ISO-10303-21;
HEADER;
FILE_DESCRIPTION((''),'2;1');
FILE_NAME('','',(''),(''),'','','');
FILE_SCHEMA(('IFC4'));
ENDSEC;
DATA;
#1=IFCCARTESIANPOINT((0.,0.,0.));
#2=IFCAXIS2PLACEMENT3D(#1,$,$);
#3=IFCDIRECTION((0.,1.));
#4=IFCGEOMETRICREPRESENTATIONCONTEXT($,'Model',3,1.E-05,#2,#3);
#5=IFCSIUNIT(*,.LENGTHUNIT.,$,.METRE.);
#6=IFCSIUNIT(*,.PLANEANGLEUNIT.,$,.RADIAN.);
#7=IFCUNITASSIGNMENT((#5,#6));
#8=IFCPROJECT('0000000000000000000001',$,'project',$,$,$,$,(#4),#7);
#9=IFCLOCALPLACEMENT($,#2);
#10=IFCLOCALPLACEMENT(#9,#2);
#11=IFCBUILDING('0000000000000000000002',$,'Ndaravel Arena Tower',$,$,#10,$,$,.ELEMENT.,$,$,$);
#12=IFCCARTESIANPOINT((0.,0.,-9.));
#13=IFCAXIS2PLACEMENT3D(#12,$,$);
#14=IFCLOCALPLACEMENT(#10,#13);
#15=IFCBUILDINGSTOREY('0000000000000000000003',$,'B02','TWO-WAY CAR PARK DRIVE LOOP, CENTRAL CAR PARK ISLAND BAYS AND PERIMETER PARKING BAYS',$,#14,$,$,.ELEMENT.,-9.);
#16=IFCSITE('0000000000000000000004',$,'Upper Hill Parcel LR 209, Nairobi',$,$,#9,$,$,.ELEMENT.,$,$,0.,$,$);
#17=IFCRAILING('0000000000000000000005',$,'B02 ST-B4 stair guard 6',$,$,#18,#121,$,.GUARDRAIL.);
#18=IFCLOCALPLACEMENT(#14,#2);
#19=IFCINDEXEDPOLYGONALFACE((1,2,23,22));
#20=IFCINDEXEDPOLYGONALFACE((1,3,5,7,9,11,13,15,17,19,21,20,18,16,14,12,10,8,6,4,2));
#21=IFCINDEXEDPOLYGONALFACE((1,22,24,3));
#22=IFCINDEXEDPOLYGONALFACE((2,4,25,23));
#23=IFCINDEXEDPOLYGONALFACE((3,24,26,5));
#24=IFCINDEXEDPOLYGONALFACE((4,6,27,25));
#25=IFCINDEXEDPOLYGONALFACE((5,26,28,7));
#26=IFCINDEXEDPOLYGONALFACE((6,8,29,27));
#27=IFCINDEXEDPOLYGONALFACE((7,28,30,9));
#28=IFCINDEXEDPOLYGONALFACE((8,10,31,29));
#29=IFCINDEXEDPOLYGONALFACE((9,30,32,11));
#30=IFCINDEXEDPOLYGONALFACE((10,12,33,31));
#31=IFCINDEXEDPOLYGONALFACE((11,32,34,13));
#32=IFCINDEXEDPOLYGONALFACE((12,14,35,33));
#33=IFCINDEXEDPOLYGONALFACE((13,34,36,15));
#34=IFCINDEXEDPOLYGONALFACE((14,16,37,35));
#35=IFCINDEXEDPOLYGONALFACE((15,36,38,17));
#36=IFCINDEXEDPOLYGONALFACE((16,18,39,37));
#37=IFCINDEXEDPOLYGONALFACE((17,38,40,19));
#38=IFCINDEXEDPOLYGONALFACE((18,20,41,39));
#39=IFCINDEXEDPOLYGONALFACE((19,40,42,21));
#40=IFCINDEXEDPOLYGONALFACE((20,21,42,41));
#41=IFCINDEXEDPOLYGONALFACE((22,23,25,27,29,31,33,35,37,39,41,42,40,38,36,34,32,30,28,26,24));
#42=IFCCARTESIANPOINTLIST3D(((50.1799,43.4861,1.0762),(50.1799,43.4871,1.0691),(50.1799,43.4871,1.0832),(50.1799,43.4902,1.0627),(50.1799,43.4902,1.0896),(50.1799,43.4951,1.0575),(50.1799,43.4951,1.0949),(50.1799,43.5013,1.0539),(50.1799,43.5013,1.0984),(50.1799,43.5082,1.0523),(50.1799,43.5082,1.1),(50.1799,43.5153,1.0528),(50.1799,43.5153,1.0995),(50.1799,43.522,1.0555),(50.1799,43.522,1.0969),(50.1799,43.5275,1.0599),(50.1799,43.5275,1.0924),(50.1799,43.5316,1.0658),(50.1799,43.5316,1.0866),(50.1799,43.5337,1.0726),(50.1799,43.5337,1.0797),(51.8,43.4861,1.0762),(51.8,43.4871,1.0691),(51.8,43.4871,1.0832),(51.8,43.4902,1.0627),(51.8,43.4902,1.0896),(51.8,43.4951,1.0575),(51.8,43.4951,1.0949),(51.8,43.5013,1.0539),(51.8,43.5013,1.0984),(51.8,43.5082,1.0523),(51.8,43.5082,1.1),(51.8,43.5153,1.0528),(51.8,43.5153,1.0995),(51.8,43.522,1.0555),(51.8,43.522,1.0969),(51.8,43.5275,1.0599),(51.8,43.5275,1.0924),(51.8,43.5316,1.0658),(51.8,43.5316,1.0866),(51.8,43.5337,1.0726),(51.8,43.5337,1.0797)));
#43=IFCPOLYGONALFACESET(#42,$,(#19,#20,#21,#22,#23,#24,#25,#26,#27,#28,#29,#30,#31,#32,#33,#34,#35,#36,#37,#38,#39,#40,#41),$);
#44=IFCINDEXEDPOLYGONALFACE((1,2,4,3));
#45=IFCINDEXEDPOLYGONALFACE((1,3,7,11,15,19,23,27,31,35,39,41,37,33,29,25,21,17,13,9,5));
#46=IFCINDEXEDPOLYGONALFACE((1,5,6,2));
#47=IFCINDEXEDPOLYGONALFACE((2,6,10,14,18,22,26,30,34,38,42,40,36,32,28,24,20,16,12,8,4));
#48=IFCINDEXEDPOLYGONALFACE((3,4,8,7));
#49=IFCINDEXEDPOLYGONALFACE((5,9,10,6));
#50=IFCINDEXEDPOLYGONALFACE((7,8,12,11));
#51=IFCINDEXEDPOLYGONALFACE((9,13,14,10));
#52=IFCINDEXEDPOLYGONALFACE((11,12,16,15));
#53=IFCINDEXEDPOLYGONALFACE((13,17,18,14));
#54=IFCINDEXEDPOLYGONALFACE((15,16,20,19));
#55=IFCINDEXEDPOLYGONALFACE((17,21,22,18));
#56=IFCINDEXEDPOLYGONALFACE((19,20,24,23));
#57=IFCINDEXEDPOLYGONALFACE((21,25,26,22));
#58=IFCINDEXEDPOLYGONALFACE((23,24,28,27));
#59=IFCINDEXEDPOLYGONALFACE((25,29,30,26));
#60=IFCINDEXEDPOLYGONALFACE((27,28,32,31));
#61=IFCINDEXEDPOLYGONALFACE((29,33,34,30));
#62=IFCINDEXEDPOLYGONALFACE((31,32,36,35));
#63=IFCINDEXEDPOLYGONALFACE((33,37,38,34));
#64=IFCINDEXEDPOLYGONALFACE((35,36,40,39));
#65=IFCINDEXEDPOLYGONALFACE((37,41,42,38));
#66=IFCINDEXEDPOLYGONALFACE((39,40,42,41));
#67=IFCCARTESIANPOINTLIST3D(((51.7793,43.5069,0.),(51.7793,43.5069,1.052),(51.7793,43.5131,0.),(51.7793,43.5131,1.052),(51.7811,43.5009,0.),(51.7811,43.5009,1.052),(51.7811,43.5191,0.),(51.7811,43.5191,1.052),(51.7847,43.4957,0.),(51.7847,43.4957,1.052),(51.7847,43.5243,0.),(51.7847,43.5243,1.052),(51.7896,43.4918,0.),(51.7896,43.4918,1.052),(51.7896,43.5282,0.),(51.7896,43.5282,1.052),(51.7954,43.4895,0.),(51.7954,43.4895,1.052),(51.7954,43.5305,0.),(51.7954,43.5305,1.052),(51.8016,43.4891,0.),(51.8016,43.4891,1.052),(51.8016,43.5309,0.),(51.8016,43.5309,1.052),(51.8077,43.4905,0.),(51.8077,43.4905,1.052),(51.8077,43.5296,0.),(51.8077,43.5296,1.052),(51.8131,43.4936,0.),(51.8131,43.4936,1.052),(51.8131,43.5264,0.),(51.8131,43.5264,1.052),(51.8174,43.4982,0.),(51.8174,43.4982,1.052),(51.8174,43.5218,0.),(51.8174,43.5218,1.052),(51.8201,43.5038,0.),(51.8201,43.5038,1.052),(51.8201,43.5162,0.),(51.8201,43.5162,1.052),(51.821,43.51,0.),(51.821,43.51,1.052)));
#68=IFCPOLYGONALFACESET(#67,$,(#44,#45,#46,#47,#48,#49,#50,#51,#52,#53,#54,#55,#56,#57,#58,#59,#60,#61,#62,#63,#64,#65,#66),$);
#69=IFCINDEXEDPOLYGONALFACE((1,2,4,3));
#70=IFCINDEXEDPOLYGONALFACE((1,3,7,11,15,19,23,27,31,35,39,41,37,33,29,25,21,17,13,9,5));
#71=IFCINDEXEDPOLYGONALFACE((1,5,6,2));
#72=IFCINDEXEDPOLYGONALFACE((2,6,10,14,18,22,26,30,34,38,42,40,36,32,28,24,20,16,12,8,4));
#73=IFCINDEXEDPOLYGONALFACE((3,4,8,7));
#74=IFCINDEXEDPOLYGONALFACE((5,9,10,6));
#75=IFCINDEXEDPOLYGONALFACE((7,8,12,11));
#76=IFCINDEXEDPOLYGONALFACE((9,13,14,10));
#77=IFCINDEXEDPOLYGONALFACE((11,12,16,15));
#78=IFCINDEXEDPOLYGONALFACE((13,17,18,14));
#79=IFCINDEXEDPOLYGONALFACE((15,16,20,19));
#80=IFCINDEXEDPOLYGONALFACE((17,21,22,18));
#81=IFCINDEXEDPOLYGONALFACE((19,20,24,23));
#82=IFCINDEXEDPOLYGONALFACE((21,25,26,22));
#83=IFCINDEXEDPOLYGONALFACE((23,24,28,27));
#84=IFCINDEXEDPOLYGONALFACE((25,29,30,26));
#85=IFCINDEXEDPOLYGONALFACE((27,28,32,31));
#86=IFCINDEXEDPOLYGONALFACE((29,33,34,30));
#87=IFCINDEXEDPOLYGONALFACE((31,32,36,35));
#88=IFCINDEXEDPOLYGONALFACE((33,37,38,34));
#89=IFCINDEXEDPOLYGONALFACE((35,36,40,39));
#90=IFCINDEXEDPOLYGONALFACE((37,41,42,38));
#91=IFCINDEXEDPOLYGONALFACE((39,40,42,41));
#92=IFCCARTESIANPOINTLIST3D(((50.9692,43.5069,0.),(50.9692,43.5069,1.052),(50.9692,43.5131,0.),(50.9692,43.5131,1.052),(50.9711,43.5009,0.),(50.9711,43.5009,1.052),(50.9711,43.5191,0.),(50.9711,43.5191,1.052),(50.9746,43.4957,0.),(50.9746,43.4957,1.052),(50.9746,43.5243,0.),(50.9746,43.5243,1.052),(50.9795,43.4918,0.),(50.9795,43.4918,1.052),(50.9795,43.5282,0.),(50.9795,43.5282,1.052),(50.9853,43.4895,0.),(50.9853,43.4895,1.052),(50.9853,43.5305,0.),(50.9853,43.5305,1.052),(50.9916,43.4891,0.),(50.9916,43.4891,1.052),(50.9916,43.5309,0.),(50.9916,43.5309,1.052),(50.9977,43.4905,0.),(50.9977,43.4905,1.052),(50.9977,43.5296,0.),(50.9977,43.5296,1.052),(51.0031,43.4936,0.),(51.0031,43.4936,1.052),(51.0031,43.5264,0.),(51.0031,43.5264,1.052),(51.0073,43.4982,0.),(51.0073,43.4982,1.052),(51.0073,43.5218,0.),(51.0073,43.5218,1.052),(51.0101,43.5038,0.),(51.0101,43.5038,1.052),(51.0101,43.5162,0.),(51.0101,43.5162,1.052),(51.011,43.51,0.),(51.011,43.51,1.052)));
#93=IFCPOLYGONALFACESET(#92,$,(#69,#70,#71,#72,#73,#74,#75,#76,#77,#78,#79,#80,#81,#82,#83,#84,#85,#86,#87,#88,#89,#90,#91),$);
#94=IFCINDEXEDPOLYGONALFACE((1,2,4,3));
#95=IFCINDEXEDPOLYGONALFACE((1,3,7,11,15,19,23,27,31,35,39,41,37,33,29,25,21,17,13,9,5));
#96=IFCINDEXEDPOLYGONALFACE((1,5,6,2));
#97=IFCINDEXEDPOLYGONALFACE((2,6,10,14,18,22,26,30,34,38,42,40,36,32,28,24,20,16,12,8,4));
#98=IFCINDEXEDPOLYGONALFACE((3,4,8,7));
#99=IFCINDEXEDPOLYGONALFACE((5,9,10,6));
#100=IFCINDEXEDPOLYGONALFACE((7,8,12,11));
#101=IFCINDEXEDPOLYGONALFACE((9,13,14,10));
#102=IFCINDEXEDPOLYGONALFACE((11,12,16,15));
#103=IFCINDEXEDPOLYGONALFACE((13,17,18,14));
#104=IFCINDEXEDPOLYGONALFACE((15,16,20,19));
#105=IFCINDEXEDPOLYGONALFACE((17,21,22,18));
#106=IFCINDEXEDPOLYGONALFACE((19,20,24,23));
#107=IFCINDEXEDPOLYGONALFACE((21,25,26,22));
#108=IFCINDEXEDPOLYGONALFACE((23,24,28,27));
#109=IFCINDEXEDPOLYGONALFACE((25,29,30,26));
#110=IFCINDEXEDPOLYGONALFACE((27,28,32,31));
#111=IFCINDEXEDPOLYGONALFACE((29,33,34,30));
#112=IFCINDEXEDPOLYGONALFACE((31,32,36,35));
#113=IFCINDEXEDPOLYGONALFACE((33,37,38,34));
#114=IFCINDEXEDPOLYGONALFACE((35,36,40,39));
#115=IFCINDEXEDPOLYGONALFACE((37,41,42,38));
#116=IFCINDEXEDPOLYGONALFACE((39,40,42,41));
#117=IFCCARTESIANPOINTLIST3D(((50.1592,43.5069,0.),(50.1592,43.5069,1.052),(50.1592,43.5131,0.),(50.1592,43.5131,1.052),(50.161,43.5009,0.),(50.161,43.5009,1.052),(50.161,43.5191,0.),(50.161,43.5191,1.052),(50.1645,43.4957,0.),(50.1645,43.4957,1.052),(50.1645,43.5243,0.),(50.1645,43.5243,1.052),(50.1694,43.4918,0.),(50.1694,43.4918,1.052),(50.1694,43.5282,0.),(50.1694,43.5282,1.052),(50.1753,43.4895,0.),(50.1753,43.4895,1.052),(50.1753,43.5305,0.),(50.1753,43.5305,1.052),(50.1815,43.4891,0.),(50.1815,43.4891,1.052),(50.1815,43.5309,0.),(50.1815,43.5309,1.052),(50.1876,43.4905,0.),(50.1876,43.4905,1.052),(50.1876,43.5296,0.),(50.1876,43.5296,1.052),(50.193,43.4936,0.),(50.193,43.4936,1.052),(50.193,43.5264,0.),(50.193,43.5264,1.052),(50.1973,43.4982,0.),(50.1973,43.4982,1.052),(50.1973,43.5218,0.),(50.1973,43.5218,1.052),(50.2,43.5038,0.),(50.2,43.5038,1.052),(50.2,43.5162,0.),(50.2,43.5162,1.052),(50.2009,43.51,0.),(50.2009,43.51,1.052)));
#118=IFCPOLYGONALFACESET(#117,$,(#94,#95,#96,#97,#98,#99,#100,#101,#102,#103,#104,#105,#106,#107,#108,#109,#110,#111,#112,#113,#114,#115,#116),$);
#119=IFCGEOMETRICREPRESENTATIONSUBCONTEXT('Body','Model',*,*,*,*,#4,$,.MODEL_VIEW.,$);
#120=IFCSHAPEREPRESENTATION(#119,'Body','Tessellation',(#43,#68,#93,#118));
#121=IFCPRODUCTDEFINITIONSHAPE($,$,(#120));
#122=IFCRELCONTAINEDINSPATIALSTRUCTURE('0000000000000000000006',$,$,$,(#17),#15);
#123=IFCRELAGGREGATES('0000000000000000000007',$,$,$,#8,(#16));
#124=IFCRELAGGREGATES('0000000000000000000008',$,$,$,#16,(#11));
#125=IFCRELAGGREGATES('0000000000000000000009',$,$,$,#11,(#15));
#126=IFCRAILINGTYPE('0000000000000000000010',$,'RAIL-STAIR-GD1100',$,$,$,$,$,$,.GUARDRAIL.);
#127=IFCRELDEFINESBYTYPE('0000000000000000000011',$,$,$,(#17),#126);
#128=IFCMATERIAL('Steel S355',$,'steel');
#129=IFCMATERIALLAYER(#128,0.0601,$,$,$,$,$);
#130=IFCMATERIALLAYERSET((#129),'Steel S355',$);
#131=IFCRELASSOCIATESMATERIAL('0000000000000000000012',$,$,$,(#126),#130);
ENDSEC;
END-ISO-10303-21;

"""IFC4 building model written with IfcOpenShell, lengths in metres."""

from ifc_helpers import new_model, si_unit, direction, frame, origin, origin_2d, place, context, subcontext, project, spatial, circle, extrude, material, layer, layer_set, type_object, element, save


model = new_model("IFC4")

# Units and contexts
model_context = context("Model", 3, precision=1e-05, world=origin(), true_north=direction((0.0, 1.0)))
body_context = subcontext(model_context, "Body", "Model", "MODEL_VIEW")
ifc_project = project(units=[si_unit("LENGTHUNIT", "METRE"), si_unit("PLANEANGLEUNIT", "RADIAN")], contexts=[model_context])

# Site, building, storey
site_placement = place(None, origin())
site = spatial("IfcSite", under=ifc_project, at=site_placement, Name="Upper Hill Parcel LR 209, Nairobi", CompositionType="ELEMENT", RefElevation=0.0)
building_placement = place(site_placement, origin())
building = spatial("IfcBuilding", under=site, at=building_placement, Name="Ndaravel Arena Tower", CompositionType="ELEMENT")
storey_placement = place(building_placement, frame((0.0, 0.0, -9.0)))
storey = spatial("IfcBuildingStorey", under=building, at=storey_placement, Name="B02", Description="TWO-WAY CAR PARK DRIVE LOOP, CENTRAL CAR PARK ISLAND BAYS AND PERIMETER PARKING BAYS", CompositionType="ELEMENT", Elevation=-9.0)

# Railing
ifc_material_1 = material(Name="Steel S355", Category="steel")
ifc_layer_1 = layer(ifc_material_1, 0.0601)
ifc_layer_set_1 = layer_set([ifc_layer_1], Name="Steel S355")
railing_type_1 = type_object("IfcRailingType", Name="RAIL-STAIR-GD1100", PredefinedType="GUARDRAIL", material=ifc_layer_set_1)
for number, where, name in (
    (1, (51.8, 43.51, 0.0), "B02 ST-B4 stair guard 6"),
):
    element("IfcRailing", number, at=place(storey_placement, frame(where)), inside=storey, type_object=railing_type_1, Name=name, PredefinedType="GUARDRAIL", context=body_context, shape_type="SweptSolid", body=[
        extrude(circle(Radius=0.0239, at=origin_2d()), frame((0.0, 0.0, 1.0762), z_axis=(-1.0, 0.0, 0.0), x_axis=(0.0, -1.0, 0.0)), (0.0, 0.0, 1.0), 1.6201),
        extrude(circle(Radius=0.021, at=origin_2d()), origin(), (0.0, 0.0, 1.0), 1.052),
        extrude(circle(Radius=0.021, at=origin_2d()), frame((-0.8101, 0.0, 0.0)), (0.0, 0.0, 1.0), 1.052),
        extrude(circle(Radius=0.021, at=origin_2d()), frame((-1.6201, 0.0, 0.0)), (0.0, 0.0, 1.0), 1.052),
    ])

save(model, "model.ifc")
